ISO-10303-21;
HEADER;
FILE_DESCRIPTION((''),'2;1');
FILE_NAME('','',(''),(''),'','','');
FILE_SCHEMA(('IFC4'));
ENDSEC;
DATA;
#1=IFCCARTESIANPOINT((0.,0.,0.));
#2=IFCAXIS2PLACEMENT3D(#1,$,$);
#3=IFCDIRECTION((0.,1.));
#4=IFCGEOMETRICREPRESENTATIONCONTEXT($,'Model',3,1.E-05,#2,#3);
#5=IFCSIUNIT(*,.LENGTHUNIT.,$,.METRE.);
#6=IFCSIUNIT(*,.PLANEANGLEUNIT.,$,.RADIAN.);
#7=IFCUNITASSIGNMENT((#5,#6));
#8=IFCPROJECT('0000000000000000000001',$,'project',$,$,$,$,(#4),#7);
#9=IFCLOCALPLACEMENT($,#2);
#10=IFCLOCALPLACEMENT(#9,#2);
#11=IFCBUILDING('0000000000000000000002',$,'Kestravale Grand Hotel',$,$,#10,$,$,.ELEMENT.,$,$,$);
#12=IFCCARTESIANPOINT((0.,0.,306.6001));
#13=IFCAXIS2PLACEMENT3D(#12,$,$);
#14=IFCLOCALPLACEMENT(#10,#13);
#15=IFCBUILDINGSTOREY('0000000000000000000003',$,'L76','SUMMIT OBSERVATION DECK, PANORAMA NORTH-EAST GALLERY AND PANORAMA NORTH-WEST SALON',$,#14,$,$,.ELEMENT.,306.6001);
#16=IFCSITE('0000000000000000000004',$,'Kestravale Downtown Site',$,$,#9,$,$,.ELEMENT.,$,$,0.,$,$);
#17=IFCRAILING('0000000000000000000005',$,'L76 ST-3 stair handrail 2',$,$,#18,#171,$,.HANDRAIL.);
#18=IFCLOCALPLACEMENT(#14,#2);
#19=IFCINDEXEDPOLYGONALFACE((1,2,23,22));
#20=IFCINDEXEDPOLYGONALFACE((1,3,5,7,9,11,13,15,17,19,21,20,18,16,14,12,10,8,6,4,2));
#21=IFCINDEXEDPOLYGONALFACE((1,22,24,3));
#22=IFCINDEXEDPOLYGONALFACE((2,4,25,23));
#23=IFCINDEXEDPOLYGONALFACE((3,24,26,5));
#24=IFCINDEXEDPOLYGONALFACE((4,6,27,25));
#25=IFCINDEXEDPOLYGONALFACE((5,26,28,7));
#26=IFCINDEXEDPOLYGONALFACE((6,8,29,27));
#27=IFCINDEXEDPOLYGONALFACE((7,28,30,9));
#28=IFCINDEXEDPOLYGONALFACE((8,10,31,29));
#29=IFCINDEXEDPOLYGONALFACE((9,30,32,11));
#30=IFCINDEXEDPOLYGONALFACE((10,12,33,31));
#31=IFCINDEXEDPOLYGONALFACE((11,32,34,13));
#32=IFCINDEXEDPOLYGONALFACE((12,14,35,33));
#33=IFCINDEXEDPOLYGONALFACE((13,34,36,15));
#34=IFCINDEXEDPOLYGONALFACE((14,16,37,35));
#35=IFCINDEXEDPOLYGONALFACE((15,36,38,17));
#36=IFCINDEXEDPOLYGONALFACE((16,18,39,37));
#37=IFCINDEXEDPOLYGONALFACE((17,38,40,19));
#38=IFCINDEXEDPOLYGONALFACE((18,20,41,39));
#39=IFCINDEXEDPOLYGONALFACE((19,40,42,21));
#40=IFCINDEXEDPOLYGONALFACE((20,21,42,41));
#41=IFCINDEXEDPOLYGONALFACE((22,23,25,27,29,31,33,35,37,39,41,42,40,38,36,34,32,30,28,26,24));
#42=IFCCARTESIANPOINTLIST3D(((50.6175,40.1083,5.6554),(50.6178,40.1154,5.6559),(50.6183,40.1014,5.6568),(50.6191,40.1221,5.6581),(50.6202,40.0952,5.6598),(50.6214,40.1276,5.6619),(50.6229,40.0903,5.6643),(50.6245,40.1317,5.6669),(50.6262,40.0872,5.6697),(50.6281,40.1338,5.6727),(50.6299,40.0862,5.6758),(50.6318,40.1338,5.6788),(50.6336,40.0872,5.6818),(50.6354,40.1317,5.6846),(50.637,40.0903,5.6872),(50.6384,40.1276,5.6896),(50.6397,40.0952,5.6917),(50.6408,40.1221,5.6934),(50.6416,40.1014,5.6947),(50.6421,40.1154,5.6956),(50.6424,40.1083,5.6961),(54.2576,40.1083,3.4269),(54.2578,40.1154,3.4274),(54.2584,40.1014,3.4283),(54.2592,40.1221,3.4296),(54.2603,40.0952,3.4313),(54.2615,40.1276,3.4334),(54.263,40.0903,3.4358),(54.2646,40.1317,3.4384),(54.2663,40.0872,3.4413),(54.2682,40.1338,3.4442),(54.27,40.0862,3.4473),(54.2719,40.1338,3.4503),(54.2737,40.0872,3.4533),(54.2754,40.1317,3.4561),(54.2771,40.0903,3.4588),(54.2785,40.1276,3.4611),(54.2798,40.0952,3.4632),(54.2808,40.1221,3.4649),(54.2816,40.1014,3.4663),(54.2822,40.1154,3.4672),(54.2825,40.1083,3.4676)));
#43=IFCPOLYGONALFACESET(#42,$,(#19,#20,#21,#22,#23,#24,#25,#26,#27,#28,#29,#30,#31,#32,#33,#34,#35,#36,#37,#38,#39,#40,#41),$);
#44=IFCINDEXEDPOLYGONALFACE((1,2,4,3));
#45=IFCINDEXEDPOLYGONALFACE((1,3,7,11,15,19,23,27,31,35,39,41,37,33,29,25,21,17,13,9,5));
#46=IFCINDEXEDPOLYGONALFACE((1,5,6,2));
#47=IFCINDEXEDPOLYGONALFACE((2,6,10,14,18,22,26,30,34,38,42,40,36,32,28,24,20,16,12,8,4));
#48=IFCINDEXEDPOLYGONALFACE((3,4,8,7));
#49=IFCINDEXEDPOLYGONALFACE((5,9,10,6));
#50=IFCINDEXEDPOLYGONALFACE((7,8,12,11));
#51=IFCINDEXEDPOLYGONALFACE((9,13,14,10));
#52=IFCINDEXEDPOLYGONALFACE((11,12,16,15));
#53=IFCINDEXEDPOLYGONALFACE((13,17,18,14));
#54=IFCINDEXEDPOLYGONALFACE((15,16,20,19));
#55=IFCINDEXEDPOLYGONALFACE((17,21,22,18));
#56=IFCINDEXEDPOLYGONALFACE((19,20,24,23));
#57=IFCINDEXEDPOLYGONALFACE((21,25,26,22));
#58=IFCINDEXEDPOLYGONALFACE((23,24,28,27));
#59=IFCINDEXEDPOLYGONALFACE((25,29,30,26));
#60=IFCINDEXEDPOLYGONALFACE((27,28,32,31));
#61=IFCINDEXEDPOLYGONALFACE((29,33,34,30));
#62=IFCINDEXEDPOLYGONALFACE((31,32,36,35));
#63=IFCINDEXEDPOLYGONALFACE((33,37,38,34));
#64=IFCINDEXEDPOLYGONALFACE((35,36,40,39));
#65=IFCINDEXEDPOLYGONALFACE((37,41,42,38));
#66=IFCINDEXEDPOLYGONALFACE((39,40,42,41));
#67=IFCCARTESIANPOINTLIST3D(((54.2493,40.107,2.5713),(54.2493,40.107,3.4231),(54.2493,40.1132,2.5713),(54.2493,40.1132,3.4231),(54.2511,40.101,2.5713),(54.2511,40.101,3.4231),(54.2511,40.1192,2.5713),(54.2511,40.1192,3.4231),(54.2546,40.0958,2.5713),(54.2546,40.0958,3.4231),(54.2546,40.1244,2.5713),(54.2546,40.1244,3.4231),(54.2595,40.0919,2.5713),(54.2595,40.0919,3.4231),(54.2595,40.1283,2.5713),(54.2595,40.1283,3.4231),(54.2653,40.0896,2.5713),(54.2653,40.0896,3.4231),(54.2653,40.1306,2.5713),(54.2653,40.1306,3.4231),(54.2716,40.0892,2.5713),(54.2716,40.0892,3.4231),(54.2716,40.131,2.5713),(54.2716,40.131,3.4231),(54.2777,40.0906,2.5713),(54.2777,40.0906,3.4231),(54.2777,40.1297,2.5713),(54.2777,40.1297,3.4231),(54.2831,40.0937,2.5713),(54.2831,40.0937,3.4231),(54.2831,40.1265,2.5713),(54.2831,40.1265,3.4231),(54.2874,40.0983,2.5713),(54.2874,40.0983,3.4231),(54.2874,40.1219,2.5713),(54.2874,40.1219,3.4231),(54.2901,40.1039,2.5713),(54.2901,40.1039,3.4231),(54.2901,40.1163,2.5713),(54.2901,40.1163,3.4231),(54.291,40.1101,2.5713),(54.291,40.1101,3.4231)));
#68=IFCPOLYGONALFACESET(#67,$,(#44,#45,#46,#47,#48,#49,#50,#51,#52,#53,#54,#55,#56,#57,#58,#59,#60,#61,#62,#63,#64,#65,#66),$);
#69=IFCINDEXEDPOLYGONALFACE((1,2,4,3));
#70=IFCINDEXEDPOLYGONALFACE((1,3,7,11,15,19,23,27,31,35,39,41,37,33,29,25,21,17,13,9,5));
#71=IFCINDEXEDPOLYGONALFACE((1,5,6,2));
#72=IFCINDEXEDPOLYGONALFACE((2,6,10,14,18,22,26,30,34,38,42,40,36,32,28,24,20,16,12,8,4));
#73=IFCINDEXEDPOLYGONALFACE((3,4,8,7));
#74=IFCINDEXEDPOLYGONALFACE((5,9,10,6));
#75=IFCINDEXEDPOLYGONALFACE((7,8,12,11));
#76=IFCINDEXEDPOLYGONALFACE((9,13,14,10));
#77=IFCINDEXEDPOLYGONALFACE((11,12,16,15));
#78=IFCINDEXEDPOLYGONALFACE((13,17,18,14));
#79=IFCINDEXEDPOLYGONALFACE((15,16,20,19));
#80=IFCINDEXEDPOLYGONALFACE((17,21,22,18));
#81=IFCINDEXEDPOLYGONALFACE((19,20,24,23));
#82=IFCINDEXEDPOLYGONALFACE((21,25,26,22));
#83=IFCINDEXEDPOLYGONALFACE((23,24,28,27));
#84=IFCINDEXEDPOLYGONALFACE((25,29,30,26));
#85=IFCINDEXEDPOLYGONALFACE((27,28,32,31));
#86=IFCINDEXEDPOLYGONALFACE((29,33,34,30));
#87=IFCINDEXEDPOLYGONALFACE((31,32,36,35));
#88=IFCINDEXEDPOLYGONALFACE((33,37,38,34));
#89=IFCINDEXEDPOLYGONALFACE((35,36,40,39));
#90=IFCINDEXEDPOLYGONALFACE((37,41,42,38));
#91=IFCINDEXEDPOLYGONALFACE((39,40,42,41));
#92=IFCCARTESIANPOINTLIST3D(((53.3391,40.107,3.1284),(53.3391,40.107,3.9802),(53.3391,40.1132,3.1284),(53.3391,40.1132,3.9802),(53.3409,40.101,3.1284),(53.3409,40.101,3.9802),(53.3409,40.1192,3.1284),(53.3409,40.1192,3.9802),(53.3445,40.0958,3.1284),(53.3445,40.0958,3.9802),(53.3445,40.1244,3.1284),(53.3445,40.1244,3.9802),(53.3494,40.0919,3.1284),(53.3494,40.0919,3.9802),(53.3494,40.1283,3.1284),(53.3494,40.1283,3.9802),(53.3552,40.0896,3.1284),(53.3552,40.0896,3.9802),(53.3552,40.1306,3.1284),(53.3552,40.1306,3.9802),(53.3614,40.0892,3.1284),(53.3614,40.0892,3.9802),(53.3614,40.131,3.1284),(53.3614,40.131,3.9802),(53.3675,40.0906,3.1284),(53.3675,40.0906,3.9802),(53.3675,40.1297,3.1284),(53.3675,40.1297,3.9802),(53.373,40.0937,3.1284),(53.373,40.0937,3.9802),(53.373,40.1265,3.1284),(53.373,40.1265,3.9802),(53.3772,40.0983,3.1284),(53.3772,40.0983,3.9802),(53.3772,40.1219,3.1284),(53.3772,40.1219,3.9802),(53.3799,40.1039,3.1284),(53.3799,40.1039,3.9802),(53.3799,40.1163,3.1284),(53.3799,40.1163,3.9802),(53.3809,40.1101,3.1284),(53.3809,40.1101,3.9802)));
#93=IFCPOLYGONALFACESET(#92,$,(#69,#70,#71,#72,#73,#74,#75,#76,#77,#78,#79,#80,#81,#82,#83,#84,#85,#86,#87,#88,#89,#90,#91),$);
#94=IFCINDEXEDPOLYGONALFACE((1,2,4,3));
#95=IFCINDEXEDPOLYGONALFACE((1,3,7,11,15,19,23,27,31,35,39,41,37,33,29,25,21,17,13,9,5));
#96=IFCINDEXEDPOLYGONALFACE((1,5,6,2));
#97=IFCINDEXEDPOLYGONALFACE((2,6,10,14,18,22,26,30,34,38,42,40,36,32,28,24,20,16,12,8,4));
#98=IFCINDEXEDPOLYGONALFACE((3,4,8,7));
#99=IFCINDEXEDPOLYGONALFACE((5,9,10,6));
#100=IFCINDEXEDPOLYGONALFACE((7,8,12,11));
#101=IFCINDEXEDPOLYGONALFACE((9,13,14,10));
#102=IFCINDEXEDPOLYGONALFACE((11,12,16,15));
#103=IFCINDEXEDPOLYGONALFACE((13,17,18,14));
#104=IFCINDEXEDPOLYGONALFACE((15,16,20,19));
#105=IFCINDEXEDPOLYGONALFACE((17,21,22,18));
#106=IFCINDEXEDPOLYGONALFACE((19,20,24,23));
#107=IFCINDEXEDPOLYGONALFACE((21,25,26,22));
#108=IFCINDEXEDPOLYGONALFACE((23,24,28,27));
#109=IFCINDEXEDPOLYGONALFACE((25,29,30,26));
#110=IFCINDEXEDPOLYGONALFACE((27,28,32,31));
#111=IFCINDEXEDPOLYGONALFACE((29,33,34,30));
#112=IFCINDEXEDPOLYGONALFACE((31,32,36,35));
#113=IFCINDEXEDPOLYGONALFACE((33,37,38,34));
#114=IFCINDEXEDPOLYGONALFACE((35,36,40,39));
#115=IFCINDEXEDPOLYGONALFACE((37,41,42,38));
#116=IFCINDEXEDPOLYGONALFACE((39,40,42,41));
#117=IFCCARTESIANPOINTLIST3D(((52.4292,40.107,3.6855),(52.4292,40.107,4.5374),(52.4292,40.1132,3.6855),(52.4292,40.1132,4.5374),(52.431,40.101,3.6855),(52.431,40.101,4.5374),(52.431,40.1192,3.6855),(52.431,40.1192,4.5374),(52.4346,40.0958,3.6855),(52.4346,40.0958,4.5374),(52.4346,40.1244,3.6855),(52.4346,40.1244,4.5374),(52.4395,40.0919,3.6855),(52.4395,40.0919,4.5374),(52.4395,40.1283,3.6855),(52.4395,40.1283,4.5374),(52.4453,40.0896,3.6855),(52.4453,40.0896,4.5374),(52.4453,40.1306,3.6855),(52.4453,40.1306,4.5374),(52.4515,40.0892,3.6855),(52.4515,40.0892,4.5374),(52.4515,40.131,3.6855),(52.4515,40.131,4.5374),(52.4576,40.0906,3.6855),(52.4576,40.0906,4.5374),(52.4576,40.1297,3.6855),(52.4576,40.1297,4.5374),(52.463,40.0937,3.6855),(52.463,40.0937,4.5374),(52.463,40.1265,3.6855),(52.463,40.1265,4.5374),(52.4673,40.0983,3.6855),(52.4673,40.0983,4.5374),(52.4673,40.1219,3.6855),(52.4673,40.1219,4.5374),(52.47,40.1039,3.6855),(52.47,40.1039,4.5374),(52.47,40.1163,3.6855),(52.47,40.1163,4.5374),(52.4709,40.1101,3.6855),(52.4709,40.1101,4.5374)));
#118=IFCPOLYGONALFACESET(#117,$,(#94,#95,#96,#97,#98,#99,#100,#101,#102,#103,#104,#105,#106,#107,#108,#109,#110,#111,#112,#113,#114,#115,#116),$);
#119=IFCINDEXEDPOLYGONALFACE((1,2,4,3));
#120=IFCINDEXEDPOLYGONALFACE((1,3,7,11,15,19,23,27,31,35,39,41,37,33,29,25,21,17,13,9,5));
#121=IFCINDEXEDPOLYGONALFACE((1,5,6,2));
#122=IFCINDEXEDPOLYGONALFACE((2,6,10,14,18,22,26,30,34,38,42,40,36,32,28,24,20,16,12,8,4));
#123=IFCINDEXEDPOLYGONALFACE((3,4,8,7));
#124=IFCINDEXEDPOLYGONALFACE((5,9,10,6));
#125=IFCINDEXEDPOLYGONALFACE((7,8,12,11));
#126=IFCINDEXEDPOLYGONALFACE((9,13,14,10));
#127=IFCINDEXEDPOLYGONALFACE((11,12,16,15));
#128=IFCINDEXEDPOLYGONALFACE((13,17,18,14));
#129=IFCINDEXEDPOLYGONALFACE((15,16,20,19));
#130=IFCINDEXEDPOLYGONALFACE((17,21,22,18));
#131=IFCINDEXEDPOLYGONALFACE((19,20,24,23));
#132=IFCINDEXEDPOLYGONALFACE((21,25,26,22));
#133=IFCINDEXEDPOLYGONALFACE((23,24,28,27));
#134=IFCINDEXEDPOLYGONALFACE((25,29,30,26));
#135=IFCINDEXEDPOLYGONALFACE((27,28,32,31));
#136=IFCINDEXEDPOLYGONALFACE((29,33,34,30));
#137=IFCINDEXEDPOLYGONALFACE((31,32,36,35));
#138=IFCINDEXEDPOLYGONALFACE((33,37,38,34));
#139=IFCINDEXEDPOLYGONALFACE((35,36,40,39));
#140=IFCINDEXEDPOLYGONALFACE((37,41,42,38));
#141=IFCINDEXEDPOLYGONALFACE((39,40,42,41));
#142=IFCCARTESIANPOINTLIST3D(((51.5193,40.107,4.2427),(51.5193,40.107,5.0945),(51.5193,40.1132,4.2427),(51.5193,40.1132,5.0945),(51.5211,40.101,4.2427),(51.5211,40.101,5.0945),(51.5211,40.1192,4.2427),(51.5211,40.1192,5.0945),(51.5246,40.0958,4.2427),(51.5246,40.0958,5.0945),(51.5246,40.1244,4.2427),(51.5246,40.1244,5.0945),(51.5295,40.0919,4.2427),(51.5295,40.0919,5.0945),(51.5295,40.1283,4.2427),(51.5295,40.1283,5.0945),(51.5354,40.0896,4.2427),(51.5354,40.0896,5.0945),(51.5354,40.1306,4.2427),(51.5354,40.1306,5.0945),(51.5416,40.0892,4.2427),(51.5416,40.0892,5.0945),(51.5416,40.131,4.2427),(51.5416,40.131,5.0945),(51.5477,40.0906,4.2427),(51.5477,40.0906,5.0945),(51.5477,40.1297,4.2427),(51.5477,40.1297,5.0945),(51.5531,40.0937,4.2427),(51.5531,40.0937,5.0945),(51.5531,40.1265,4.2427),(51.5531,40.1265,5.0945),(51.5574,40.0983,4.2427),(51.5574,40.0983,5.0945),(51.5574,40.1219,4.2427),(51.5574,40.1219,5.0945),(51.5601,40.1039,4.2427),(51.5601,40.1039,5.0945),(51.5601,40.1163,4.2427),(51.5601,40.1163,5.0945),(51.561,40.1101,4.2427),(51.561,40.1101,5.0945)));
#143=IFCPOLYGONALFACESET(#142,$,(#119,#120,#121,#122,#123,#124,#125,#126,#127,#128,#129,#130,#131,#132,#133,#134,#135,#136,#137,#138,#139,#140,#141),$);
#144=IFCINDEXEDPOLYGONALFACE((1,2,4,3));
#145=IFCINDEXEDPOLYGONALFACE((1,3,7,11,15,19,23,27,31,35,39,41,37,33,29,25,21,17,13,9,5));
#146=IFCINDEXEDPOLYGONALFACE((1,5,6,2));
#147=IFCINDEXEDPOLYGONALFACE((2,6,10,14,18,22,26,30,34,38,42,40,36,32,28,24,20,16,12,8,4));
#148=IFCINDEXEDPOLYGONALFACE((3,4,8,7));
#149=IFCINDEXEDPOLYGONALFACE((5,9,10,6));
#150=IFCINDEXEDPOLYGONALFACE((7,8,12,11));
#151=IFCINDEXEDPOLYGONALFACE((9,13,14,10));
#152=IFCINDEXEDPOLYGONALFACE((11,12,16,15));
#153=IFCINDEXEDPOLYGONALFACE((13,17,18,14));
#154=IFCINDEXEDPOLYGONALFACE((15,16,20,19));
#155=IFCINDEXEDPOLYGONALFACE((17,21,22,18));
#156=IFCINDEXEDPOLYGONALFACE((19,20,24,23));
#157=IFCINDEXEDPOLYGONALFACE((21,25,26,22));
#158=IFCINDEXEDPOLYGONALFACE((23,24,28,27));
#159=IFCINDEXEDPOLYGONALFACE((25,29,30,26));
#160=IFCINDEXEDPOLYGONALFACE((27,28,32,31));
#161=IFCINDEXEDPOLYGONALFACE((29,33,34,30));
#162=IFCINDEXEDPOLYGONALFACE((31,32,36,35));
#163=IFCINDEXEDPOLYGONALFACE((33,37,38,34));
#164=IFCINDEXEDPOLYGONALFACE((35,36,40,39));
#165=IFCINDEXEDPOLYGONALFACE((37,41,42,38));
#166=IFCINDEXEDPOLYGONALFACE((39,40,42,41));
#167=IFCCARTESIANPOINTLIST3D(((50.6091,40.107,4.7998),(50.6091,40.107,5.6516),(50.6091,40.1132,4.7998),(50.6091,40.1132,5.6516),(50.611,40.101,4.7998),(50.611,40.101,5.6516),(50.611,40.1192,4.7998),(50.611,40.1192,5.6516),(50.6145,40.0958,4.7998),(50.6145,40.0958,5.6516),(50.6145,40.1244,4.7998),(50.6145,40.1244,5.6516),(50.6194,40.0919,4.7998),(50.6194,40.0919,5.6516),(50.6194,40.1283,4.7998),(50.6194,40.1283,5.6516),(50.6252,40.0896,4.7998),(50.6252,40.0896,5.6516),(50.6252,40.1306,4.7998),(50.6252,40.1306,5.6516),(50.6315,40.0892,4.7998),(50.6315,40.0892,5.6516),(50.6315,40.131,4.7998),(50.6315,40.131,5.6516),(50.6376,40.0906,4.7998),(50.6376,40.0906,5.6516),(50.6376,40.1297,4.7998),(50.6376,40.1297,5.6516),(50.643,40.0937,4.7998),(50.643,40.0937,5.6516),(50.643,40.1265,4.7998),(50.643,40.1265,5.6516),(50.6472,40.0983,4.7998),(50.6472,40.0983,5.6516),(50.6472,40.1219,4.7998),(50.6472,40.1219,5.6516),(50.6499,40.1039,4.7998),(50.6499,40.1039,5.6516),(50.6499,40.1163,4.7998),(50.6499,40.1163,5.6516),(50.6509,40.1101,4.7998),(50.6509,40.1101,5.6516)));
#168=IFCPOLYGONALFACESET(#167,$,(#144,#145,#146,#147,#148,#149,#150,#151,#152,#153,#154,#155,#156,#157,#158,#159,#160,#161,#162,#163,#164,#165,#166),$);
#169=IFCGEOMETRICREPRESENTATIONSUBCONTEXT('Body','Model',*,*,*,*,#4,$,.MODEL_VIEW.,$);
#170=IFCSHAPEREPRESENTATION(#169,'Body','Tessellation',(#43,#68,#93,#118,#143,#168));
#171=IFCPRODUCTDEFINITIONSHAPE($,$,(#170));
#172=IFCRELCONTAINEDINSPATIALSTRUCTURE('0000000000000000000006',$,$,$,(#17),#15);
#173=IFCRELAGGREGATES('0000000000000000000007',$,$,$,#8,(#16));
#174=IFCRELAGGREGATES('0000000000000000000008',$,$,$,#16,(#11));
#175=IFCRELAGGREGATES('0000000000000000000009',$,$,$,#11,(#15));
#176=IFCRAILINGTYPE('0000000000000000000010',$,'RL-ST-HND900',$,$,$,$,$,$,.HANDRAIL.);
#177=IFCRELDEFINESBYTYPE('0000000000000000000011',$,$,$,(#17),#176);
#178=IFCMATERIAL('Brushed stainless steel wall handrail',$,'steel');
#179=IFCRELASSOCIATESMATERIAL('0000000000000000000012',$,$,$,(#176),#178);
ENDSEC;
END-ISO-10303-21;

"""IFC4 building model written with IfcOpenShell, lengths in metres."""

from ifc_helpers import new_model, si_unit, direction, frame, origin, origin_2d, place, context, subcontext, project, spatial, circle, extrude, material, type_object, element, save


model = new_model("IFC4")

# Units and contexts
model_context = context("Model", 3, precision=1e-05, world=origin(), true_north=direction((0.0, 1.0)))
body_context = subcontext(model_context, "Body", "Model", "MODEL_VIEW")
ifc_project = project(units=[si_unit("LENGTHUNIT", "METRE"), si_unit("PLANEANGLEUNIT", "RADIAN")], contexts=[model_context])

# Site, building, storey
site_placement = place(None, origin())
site = spatial("IfcSite", under=ifc_project, at=site_placement, Name="Kestravale Downtown Site", CompositionType="ELEMENT", RefElevation=0.0)
building_placement = place(site_placement, origin())
building = spatial("IfcBuilding", under=site, at=building_placement, Name="Kestravale Grand Hotel", CompositionType="ELEMENT")
storey_placement = place(building_placement, frame((0.0, 0.0, 306.6001)))
storey = spatial("IfcBuildingStorey", under=building, at=storey_placement, Name="L76", Description="SUMMIT OBSERVATION DECK, PANORAMA NORTH-EAST GALLERY AND PANORAMA NORTH-WEST SALON", CompositionType="ELEMENT", Elevation=306.6001)

# Railing
ifc_material_1 = material(Name="Brushed stainless steel wall handrail", Category="steel")
railing_type_1 = type_object("IfcRailingType", Name="RL-ST-HND900", PredefinedType="HANDRAIL", material=ifc_material_1)
railing_1_placement = place(storey_placement, frame((54.27, 40.1101, 2.5713)))
element("IfcRailing", 1, at=railing_1_placement, inside=storey, type_object=railing_type_1, Name="L76 ST-3 stair handrail 2", PredefinedType="HANDRAIL", context=body_context, shape_type="SweptSolid", body=[
    extrude(circle(Radius=0.0239, at=origin_2d()), frame((0.0, 0.0, 0.876), z_axis=(-0.852866, 0.0, 0.52213), x_axis=(0.0, -1.0, 0.0)), (0.0, 0.0, 1.0), 4.2681),
    extrude(circle(Radius=0.021, at=origin_2d()), origin(), (0.0, 0.0, 1.0), 0.8518),
    extrude(circle(Radius=0.021, at=origin_2d()), frame((-0.9102, 0.0, 0.5571)), (0.0, 0.0, 1.0), 0.8518),
    extrude(circle(Radius=0.021, at=origin_2d()), frame((-1.8201, 0.0, 1.1143)), (0.0, 0.0, 1.0), 0.8518),
    extrude(circle(Radius=0.021, at=origin_2d()), frame((-2.73, 0.0, 1.6714)), (0.0, 0.0, 1.0), 0.8518),
    extrude(circle(Radius=0.021, at=origin_2d()), frame((-3.6401, 0.0, 2.2285)), (0.0, 0.0, 1.0), 0.8518),
])

save(model, "model.ifc")
